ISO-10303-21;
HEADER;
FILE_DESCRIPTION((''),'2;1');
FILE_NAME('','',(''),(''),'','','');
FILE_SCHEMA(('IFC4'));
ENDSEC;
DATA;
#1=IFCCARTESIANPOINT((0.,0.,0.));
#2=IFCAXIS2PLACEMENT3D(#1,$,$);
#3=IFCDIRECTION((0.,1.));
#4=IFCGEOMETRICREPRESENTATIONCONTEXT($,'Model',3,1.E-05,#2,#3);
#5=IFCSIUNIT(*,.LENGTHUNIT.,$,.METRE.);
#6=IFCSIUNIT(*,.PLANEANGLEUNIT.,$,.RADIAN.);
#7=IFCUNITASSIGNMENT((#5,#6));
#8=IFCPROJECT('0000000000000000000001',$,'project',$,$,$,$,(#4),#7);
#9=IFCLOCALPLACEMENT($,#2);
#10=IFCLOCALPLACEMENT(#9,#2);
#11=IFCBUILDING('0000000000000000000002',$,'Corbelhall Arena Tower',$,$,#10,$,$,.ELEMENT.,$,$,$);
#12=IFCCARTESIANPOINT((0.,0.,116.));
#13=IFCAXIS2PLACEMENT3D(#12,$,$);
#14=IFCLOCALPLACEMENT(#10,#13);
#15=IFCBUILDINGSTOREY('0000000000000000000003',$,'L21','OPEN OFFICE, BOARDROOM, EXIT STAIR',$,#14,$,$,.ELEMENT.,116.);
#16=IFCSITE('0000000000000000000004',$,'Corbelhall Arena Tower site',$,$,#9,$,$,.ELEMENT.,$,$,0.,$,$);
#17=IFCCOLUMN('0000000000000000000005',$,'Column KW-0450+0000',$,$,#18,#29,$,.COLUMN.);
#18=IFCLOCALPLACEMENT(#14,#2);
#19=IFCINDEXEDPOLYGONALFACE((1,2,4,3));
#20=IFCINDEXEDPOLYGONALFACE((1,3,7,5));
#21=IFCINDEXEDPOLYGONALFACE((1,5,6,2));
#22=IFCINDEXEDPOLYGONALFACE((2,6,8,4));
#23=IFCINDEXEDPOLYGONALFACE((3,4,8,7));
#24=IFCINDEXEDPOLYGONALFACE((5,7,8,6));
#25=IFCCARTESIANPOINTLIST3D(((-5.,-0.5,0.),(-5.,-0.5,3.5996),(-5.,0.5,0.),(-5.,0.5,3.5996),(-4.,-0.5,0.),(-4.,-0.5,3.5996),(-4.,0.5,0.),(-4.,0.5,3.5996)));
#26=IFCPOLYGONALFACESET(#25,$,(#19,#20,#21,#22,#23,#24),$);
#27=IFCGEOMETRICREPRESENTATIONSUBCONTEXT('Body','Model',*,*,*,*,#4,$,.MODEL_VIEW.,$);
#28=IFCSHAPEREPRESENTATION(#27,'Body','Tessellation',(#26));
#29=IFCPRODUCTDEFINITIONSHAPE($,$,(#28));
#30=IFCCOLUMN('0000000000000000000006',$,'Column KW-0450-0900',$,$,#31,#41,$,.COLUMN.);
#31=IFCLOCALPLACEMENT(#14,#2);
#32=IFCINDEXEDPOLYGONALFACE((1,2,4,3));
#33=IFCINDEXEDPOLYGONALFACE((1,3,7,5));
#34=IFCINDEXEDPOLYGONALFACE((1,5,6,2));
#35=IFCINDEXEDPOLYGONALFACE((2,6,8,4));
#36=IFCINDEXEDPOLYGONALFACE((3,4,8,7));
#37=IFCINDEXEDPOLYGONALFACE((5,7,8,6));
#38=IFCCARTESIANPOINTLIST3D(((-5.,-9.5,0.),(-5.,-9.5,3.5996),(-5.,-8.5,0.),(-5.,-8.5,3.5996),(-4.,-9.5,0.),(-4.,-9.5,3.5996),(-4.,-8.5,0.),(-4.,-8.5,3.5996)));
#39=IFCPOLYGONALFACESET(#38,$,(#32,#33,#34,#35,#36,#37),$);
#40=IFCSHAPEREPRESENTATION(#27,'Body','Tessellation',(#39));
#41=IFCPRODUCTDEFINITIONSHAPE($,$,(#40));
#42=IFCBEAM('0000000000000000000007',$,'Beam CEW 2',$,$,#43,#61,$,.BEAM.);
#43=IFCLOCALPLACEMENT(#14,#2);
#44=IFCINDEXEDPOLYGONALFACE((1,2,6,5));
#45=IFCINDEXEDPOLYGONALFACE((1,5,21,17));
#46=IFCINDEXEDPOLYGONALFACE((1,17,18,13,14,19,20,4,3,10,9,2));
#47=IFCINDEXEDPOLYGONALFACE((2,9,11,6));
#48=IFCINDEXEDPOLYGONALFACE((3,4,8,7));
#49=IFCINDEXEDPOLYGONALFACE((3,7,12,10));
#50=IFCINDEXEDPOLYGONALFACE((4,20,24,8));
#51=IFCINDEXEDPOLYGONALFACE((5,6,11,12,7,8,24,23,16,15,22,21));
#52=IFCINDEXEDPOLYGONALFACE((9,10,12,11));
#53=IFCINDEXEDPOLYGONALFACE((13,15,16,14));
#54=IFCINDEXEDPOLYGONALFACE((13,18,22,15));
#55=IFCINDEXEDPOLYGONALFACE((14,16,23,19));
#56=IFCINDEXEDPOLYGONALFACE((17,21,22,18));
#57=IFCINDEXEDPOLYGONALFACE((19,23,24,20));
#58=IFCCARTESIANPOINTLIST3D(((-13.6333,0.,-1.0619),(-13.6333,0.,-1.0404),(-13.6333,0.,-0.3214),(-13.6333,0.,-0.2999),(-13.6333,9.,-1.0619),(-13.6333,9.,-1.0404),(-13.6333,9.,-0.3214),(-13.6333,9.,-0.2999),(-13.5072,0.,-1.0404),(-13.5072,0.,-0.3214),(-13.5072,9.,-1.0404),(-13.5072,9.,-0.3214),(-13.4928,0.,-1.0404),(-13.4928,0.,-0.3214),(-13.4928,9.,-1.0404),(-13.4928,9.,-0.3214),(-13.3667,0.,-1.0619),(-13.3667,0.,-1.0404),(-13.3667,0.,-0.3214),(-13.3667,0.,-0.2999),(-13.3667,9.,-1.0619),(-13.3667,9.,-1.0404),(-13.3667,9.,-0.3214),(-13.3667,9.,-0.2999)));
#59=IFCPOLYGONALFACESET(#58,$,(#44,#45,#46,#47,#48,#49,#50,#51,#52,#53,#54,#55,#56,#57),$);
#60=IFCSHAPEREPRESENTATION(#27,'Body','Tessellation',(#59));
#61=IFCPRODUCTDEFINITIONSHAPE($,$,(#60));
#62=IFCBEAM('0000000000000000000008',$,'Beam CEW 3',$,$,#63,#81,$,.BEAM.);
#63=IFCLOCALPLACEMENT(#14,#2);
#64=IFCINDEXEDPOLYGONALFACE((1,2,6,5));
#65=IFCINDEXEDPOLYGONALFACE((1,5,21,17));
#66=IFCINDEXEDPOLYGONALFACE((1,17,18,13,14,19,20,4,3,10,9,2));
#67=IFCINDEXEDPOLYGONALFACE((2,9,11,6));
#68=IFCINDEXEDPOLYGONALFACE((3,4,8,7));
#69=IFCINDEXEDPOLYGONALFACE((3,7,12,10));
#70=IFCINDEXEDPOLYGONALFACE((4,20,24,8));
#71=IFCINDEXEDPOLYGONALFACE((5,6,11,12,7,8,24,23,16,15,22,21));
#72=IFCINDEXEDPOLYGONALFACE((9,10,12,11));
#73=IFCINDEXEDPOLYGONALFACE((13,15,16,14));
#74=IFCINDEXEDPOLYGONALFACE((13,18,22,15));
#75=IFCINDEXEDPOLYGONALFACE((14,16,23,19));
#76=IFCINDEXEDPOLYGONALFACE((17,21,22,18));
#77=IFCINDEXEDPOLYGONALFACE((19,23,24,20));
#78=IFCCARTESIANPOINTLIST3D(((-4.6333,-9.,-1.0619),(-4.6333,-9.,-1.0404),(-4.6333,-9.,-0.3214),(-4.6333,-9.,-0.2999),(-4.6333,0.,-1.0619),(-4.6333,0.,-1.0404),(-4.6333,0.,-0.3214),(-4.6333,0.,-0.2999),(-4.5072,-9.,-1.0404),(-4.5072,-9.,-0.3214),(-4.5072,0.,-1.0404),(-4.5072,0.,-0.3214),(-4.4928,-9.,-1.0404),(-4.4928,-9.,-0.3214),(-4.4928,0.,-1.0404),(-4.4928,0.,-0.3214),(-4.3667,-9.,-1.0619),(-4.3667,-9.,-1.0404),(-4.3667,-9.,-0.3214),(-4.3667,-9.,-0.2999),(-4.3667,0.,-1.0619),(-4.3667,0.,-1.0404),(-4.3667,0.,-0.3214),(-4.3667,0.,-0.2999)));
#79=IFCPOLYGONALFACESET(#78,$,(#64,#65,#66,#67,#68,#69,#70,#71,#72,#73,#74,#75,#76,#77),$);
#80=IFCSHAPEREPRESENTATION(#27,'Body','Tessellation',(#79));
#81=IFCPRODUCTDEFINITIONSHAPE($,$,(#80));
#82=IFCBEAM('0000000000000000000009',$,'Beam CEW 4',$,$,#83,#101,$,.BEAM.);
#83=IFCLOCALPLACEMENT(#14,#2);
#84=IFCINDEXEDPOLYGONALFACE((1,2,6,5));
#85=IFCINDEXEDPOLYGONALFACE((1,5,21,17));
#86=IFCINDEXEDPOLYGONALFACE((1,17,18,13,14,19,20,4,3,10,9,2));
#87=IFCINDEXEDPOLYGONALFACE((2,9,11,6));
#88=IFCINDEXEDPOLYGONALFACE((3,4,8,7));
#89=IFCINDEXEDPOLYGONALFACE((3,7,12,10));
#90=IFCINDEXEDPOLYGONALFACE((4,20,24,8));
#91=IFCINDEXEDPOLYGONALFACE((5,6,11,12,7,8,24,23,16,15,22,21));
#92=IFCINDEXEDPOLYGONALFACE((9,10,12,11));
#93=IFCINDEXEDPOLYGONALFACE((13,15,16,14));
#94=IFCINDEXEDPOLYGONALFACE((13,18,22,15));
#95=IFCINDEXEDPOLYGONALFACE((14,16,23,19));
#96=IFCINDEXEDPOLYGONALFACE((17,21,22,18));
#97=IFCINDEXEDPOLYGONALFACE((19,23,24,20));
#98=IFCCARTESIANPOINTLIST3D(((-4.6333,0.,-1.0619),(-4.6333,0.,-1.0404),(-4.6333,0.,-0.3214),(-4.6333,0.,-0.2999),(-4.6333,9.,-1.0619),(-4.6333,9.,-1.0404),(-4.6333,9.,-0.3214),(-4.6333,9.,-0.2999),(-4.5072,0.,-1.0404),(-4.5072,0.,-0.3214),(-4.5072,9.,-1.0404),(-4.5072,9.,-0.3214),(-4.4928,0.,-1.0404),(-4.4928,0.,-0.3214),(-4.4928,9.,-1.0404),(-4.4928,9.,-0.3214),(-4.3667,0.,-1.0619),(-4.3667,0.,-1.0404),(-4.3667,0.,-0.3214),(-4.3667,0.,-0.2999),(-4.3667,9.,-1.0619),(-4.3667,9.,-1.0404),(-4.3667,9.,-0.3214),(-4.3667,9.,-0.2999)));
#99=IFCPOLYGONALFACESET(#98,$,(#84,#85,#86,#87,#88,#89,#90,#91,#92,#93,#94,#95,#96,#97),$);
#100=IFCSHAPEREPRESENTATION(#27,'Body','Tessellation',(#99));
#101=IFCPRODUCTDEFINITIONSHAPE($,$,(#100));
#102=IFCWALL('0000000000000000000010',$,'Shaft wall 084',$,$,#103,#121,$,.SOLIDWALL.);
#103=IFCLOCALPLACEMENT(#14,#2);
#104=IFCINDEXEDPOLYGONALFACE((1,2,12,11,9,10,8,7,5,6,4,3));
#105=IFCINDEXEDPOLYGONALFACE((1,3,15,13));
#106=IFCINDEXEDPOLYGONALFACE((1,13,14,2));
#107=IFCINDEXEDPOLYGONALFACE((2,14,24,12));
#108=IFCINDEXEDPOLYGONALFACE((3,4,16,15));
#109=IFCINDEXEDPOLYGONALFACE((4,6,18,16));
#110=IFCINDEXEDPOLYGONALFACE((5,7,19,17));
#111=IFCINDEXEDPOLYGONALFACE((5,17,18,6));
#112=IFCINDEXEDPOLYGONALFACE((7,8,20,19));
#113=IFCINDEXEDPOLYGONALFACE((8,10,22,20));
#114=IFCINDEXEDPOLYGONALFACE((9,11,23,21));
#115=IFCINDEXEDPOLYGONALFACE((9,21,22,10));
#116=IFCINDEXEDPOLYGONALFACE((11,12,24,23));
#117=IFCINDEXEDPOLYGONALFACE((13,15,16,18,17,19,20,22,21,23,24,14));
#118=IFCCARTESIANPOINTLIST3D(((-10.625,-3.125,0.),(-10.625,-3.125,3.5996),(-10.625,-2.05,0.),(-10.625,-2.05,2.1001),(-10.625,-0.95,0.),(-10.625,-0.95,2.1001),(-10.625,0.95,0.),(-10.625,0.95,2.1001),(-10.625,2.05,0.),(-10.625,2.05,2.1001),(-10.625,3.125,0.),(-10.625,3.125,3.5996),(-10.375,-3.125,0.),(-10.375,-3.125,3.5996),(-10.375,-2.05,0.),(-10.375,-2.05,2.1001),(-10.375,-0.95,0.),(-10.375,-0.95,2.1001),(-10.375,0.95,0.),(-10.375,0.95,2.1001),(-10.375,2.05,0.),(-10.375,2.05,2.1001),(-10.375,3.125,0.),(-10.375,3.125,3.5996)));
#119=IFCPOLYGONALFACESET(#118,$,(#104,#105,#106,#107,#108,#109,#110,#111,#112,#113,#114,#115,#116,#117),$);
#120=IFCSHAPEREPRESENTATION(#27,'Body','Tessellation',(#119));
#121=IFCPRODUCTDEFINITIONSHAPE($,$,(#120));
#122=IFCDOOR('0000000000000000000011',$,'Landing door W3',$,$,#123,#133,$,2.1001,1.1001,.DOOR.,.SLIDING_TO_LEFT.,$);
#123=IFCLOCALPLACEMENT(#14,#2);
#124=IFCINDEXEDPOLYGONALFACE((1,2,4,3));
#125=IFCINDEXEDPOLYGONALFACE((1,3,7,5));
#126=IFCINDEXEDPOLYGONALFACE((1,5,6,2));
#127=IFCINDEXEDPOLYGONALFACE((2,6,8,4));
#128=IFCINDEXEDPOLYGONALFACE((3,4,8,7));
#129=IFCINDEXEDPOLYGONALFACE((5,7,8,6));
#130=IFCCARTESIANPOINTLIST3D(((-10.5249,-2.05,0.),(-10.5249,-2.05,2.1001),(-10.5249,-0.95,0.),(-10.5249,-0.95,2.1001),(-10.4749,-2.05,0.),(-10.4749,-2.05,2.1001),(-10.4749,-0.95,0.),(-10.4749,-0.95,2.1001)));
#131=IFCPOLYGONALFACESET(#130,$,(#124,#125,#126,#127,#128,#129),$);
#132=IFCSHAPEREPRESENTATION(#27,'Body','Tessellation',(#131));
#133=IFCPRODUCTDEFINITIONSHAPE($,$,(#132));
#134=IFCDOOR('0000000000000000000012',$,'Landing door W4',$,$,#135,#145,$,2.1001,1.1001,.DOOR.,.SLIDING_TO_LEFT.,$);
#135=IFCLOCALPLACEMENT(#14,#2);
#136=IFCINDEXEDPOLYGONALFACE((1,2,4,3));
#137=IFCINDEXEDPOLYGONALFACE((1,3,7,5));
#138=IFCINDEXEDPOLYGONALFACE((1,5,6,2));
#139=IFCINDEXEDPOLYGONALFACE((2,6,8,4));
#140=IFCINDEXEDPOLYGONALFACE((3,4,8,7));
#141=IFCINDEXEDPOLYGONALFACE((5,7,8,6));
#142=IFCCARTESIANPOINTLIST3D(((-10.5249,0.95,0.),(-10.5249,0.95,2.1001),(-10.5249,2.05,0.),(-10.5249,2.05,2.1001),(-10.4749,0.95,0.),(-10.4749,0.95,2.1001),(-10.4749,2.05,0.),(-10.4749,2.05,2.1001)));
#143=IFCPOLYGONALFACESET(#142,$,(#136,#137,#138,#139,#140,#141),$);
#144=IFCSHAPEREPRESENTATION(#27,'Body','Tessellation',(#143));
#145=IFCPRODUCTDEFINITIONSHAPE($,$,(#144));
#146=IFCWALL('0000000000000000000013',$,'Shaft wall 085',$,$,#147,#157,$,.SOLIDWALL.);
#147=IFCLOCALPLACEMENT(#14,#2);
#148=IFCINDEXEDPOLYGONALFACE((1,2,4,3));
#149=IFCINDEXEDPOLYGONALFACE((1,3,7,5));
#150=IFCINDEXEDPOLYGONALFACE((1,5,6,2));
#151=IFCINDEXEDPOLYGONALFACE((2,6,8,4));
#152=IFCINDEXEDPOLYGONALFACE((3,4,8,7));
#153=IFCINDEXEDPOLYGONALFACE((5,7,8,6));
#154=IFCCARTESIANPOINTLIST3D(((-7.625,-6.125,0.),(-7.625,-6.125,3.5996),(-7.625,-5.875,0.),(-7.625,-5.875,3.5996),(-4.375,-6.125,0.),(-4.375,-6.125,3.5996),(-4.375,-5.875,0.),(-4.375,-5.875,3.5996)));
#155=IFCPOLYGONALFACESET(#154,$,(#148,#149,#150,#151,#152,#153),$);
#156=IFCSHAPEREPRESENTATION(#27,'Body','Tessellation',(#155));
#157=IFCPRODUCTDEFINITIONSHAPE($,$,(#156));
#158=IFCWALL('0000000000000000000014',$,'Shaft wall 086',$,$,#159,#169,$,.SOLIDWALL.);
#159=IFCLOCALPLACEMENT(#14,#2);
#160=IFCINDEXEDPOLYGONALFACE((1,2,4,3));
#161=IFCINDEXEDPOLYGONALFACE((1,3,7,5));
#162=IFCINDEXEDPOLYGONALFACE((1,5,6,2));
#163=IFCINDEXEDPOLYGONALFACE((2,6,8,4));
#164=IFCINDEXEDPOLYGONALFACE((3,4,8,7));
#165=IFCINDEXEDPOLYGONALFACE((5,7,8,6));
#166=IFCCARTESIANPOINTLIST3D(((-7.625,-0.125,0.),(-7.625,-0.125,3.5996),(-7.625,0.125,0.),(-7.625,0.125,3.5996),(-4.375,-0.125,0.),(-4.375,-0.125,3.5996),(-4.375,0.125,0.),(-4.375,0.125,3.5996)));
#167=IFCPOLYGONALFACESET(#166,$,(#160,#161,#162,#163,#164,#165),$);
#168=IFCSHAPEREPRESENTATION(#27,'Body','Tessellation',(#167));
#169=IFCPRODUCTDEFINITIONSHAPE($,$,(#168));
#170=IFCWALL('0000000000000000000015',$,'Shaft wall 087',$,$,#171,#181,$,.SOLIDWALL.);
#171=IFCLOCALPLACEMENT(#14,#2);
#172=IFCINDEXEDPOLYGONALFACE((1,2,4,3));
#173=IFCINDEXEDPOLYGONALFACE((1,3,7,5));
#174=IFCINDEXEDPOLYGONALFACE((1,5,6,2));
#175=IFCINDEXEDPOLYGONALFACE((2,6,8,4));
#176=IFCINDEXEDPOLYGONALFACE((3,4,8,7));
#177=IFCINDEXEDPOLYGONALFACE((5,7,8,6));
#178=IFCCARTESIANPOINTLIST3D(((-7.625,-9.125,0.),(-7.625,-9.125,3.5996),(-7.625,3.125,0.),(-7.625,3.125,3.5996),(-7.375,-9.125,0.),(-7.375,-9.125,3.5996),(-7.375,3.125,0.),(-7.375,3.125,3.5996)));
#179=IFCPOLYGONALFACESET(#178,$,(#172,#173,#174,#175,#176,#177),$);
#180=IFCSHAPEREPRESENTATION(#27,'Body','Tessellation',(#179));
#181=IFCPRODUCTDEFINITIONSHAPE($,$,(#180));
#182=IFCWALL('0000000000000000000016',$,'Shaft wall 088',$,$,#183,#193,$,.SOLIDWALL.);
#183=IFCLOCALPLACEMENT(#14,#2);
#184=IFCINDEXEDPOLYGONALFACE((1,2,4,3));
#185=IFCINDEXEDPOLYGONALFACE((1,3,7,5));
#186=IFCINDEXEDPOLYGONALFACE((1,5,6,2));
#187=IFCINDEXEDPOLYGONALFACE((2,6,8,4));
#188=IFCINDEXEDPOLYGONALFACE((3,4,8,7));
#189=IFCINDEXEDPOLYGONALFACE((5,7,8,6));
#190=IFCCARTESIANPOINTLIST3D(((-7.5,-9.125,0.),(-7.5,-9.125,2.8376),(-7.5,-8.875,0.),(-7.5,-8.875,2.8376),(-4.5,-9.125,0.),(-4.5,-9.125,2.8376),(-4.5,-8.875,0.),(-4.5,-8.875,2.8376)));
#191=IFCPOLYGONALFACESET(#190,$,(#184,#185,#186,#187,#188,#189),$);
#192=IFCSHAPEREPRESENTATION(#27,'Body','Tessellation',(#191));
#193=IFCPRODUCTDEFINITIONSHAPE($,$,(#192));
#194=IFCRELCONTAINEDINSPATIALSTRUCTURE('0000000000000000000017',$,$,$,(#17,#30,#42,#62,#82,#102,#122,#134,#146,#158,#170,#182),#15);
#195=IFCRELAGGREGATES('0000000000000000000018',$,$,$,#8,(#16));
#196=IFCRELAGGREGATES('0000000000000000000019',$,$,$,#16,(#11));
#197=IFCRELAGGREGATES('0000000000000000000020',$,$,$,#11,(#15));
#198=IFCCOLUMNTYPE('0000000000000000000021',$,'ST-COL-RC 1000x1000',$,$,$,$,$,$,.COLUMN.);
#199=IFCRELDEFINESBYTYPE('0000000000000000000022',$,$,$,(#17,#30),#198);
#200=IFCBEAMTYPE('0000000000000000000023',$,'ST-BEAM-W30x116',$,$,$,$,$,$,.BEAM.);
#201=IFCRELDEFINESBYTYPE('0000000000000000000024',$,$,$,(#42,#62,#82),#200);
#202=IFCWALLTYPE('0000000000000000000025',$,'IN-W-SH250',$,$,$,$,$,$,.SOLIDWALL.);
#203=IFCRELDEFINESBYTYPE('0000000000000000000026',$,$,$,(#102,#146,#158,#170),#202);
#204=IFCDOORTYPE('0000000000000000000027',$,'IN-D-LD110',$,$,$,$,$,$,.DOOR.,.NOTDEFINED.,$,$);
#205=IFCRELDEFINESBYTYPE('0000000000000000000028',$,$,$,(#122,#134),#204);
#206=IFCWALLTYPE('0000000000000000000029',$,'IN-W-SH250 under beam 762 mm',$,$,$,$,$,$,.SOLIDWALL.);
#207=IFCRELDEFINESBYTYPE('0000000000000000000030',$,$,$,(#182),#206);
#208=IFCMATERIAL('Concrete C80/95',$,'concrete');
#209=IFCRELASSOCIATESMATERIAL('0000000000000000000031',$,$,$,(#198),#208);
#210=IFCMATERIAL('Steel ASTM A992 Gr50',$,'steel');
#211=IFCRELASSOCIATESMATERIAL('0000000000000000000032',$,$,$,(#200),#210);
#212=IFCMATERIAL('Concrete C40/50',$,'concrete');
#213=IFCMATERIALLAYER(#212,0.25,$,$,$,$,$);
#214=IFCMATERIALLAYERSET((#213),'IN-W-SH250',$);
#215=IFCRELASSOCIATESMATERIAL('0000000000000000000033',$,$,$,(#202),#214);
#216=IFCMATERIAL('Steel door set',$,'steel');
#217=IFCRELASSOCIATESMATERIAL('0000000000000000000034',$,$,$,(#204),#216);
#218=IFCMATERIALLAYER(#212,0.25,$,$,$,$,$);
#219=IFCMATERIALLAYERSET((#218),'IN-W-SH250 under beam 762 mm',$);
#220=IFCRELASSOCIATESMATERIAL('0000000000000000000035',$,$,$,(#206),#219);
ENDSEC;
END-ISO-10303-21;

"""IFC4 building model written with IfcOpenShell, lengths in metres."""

from ifc_helpers import new_model, si_unit, direction, frame, frame_2d, origin, origin_2d, place, context, subcontext, project, spatial, rectangle, i_section, extrude, material, layer, layer_set, material_profile, profile_set, type_object, element, fill, save


model = new_model("IFC4")

# Units and contexts
model_context = context("Model", 3, precision=1e-05, world=origin(), true_north=direction((0.0, 1.0)))
body_context = subcontext(model_context, "Body", "Model", "MODEL_VIEW")
ifc_project = project(units=[si_unit("LENGTHUNIT", "METRE"), si_unit("PLANEANGLEUNIT", "RADIAN")], contexts=[model_context])

# Site, building, storey
site_placement = place(None, origin())
site = spatial("IfcSite", under=ifc_project, at=site_placement, Name="Corbelhall Arena Tower site", CompositionType="ELEMENT", RefElevation=0.0)
building_placement = place(site_placement, origin())
building = spatial("IfcBuilding", under=site, at=building_placement, Name="Corbelhall Arena Tower", CompositionType="ELEMENT")
storey_placement = place(building_placement, frame((0.0, 0.0, 116.0)))
storey = spatial("IfcBuildingStorey", under=building, at=storey_placement, Name="L21", Description="OPEN OFFICE, BOARDROOM, EXIT STAIR", CompositionType="ELEMENT", Elevation=116.0)

# Columns
ifc_material_1 = material(Name="Concrete C80/95", Category="concrete")
ifc_material_profile_1 = material_profile(ifc_material_1, rectangle(XDim=1.0, YDim=1.0, at=origin_2d()))
ifc_profile_set_1 = profile_set([ifc_material_profile_1], Name="Concrete C80/95")
column_type = type_object("IfcColumnType", Name="ST-COL-RC 1000x1000", PredefinedType="COLUMN", material=ifc_profile_set_1)
for number, where, z_axis, x_axis, name in (
    (1, (-4.5, 0.0, 0.0), (0.0, 0.0, 1.0), (1.0, 0.0, 0.0), "Column KW-0450+0000"),
    (2, (-4.5, -9.0, 0.0), (0.0, 0.0, 1.0), (1.0, 0.0, 0.0), "Column KW-0450-0900"),
):
    element("IfcColumn", number, at=place(storey_placement, frame(where, z_axis=z_axis, x_axis=x_axis)), inside=storey, type_object=column_type, Name=name, PredefinedType="COLUMN", context=body_context, shape_type="SweptSolid", body=[
        extrude(rectangle(XDim=1.0, YDim=1.0, at=origin_2d()), origin(), (0.0, 0.0, 1.0), 3.5996),
    ])

# Beams
ifc_material_2 = material(Name="Steel ASTM A992 Gr50", Category="steel")
ifc_material_profile_2 = material_profile(ifc_material_2, i_section(OverallWidth=0.2666, OverallDepth=0.762, WebThickness=0.0144, FlangeThickness=0.0215, at=origin_2d()))
ifc_profile_set_2 = profile_set([ifc_material_profile_2], Name="Steel ASTM A992 Gr50")
beam_type = type_object("IfcBeamType", Name="ST-BEAM-W30x116", PredefinedType="BEAM", material=ifc_profile_set_2)
for number, where, z_axis, x_axis, name in (
    (3, (-13.5, 0.0, -0.6809), (0.0, 1.0, 0.0), (-1.0, 0.0, 0.0), "Beam CEW 2"),
    (4, (-4.5, -9.0, -0.6809), (0.0, 1.0, 0.0), (-1.0, 0.0, 0.0), "Beam CEW 3"),
    (5, (-4.5, 0.0, -0.6809), (0.0, 1.0, 0.0), (-1.0, 0.0, 0.0), "Beam CEW 4"),
):
    element("IfcBeam", number, at=place(storey_placement, frame(where, z_axis=z_axis, x_axis=x_axis)), inside=storey, type_object=beam_type, Name=name, PredefinedType="BEAM", context=body_context, shape_type="SweptSolid", body=[
        extrude(i_section(OverallWidth=0.2666, OverallDepth=0.762, WebThickness=0.0144, FlangeThickness=0.0215, at=origin_2d()), origin(), (0.0, 0.0, 1.0), 9.0),
    ])

# Shared definitions
ifc_material_3 = material(Name="Steel door set", Category="steel")

# Wall, openings, doors
ifc_material_4 = material(Name="Concrete C40/50", Category="concrete")
ifc_layer_1 = layer(ifc_material_4, 0.25)
ifc_layer_set_1 = layer_set([ifc_layer_1], Name="IN-W-SH250")
wall_type_1 = type_object("IfcWallType", Name="IN-W-SH250", PredefinedType="SOLIDWALL", material=ifc_layer_set_1)
wall_1_placement = place(storey_placement, frame((-10.5, -3.125, 0.0), z_axis=(0.0, 0.0, 1.0), x_axis=(0.0, 1.0, 0.0)))
wall_1 = element("IfcWall", 6, at=wall_1_placement, inside=storey, type_object=wall_type_1, Name="Shaft wall 084", PredefinedType="SOLIDWALL", context=body_context, shape_type="SweptSolid", body=[
    extrude(rectangle(XDim=6.25, YDim=0.25, at=frame_2d((3.125, 0.0))), origin(), (0.0, 0.0, 1.0), 3.5996),
])
opening_1_placement = place(wall_1_placement, frame((1.075, 0.0, 0.0)))
opening_1 = element("IfcOpeningElement", 7, at=opening_1_placement, cuts=wall_1, PredefinedType="OPENING", context=body_context, shape_type="SweptSolid", body=[
    extrude(rectangle(XDim=1.1001, YDim=2.1001, at=frame_2d((0.55, 1.05))), frame((0.0, 0.125, 0.0), z_axis=(0.0, -1.0, 0.0), x_axis=(1.0, 0.0, 0.0)), (0.0, 0.0, 1.0), 0.25),
])
opening_2_placement = place(wall_1_placement, frame((4.075, 0.0, 0.0)))
opening_2 = element("IfcOpeningElement", 8, at=opening_2_placement, cuts=wall_1, PredefinedType="OPENING", context=body_context, shape_type="SweptSolid", body=[
    extrude(rectangle(XDim=1.1001, YDim=2.1001, at=frame_2d((0.55, 1.05))), frame((0.0, 0.125, 0.0), z_axis=(0.0, -1.0, 0.0), x_axis=(1.0, 0.0, 0.0)), (0.0, 0.0, 1.0), 0.25),
])
door_type_1 = type_object("IfcDoorType", Name="IN-D-LD110", OperationType="NOTDEFINED", PredefinedType="DOOR", material=ifc_material_3)
door_1_placement = place(opening_1_placement, origin())
door_1 = element("IfcDoor", 9, at=door_1_placement, inside=storey, type_object=door_type_1, Name="Landing door W3", OperationType="SLIDING_TO_LEFT", OverallHeight=2.1001, OverallWidth=1.1001, PredefinedType="DOOR", context=body_context, shape_type="SweptSolid", body=[
    extrude(rectangle(XDim=1.1001, YDim=2.1001, at=frame_2d((0.55, 1.05))), frame((0.0, 0.0249, 0.0), z_axis=(0.0, -1.0, 0.0), x_axis=(1.0, 0.0, 0.0)), (0.0, 0.0, 1.0), 0.05),
])
fill(opening_1, door_1)
door_2_placement = place(opening_2_placement, origin())
door_2 = element("IfcDoor", 10, at=door_2_placement, inside=storey, type_object=door_type_1, Name="Landing door W4", OperationType="SLIDING_TO_LEFT", OverallHeight=2.1001, OverallWidth=1.1001, PredefinedType="DOOR", context=body_context, shape_type="SweptSolid", body=[
    extrude(rectangle(XDim=1.1001, YDim=2.1001, at=frame_2d((0.55, 1.05))), frame((0.0, 0.0249, 0.0), z_axis=(0.0, -1.0, 0.0), x_axis=(1.0, 0.0, 0.0)), (0.0, 0.0, 1.0), 0.05),
])
fill(opening_2, door_2)

# Walls
for number, where, z_axis, x_axis, name in (
    (11, (-7.625, -6.0, 0.0), (0.0, 0.0, 1.0), (1.0, 0.0, 0.0), "Shaft wall 085"),
    (12, (-7.625, 0.0, 0.0), (0.0, 0.0, 1.0), (1.0, 0.0, 0.0), "Shaft wall 086"),
):
    element("IfcWall", number, at=place(storey_placement, frame(where, z_axis=z_axis, x_axis=x_axis)), inside=storey, type_object=wall_type_1, Name=name, PredefinedType="SOLIDWALL", context=body_context, shape_type="SweptSolid", body=[
        extrude(rectangle(XDim=3.25, YDim=0.25, at=frame_2d((1.625, 0.0))), origin(), (0.0, 0.0, 1.0), 3.5996),
    ])
wall_2_placement = place(storey_placement, frame((-7.5, -9.125, 0.0), z_axis=(0.0, 0.0, 1.0), x_axis=(0.0, 1.0, 0.0)))
element("IfcWall", 13, at=wall_2_placement, inside=storey, type_object=wall_type_1, Name="Shaft wall 087", PredefinedType="SOLIDWALL", context=body_context, shape_type="SweptSolid", body=[
    extrude(rectangle(XDim=12.25, YDim=0.25, at=frame_2d((6.125, 0.0))), origin(), (0.0, 0.0, 1.0), 3.5996),
])
ifc_layer_2 = layer(ifc_material_4, 0.25)
ifc_layer_set_2 = layer_set([ifc_layer_2], Name="IN-W-SH250 under beam 762 mm")
wall_type_2 = type_object("IfcWallType", Name="IN-W-SH250 under beam 762 mm", PredefinedType="SOLIDWALL", material=ifc_layer_set_2)
wall_3_placement = place(storey_placement, frame((-4.5, -9.0, 0.0), z_axis=(0.0, 0.0, 1.0), x_axis=(-1.0, 0.0, 0.0)))
element("IfcWall", 14, at=wall_3_placement, inside=storey, type_object=wall_type_2, Name="Shaft wall 088", PredefinedType="SOLIDWALL", context=body_context, shape_type="SweptSolid", body=[
    extrude(rectangle(XDim=3.0, YDim=0.25, at=frame_2d((1.5, 0.0))), origin(), (0.0, 0.0, 1.0), 2.8376),
])

save(model, "model.ifc")
